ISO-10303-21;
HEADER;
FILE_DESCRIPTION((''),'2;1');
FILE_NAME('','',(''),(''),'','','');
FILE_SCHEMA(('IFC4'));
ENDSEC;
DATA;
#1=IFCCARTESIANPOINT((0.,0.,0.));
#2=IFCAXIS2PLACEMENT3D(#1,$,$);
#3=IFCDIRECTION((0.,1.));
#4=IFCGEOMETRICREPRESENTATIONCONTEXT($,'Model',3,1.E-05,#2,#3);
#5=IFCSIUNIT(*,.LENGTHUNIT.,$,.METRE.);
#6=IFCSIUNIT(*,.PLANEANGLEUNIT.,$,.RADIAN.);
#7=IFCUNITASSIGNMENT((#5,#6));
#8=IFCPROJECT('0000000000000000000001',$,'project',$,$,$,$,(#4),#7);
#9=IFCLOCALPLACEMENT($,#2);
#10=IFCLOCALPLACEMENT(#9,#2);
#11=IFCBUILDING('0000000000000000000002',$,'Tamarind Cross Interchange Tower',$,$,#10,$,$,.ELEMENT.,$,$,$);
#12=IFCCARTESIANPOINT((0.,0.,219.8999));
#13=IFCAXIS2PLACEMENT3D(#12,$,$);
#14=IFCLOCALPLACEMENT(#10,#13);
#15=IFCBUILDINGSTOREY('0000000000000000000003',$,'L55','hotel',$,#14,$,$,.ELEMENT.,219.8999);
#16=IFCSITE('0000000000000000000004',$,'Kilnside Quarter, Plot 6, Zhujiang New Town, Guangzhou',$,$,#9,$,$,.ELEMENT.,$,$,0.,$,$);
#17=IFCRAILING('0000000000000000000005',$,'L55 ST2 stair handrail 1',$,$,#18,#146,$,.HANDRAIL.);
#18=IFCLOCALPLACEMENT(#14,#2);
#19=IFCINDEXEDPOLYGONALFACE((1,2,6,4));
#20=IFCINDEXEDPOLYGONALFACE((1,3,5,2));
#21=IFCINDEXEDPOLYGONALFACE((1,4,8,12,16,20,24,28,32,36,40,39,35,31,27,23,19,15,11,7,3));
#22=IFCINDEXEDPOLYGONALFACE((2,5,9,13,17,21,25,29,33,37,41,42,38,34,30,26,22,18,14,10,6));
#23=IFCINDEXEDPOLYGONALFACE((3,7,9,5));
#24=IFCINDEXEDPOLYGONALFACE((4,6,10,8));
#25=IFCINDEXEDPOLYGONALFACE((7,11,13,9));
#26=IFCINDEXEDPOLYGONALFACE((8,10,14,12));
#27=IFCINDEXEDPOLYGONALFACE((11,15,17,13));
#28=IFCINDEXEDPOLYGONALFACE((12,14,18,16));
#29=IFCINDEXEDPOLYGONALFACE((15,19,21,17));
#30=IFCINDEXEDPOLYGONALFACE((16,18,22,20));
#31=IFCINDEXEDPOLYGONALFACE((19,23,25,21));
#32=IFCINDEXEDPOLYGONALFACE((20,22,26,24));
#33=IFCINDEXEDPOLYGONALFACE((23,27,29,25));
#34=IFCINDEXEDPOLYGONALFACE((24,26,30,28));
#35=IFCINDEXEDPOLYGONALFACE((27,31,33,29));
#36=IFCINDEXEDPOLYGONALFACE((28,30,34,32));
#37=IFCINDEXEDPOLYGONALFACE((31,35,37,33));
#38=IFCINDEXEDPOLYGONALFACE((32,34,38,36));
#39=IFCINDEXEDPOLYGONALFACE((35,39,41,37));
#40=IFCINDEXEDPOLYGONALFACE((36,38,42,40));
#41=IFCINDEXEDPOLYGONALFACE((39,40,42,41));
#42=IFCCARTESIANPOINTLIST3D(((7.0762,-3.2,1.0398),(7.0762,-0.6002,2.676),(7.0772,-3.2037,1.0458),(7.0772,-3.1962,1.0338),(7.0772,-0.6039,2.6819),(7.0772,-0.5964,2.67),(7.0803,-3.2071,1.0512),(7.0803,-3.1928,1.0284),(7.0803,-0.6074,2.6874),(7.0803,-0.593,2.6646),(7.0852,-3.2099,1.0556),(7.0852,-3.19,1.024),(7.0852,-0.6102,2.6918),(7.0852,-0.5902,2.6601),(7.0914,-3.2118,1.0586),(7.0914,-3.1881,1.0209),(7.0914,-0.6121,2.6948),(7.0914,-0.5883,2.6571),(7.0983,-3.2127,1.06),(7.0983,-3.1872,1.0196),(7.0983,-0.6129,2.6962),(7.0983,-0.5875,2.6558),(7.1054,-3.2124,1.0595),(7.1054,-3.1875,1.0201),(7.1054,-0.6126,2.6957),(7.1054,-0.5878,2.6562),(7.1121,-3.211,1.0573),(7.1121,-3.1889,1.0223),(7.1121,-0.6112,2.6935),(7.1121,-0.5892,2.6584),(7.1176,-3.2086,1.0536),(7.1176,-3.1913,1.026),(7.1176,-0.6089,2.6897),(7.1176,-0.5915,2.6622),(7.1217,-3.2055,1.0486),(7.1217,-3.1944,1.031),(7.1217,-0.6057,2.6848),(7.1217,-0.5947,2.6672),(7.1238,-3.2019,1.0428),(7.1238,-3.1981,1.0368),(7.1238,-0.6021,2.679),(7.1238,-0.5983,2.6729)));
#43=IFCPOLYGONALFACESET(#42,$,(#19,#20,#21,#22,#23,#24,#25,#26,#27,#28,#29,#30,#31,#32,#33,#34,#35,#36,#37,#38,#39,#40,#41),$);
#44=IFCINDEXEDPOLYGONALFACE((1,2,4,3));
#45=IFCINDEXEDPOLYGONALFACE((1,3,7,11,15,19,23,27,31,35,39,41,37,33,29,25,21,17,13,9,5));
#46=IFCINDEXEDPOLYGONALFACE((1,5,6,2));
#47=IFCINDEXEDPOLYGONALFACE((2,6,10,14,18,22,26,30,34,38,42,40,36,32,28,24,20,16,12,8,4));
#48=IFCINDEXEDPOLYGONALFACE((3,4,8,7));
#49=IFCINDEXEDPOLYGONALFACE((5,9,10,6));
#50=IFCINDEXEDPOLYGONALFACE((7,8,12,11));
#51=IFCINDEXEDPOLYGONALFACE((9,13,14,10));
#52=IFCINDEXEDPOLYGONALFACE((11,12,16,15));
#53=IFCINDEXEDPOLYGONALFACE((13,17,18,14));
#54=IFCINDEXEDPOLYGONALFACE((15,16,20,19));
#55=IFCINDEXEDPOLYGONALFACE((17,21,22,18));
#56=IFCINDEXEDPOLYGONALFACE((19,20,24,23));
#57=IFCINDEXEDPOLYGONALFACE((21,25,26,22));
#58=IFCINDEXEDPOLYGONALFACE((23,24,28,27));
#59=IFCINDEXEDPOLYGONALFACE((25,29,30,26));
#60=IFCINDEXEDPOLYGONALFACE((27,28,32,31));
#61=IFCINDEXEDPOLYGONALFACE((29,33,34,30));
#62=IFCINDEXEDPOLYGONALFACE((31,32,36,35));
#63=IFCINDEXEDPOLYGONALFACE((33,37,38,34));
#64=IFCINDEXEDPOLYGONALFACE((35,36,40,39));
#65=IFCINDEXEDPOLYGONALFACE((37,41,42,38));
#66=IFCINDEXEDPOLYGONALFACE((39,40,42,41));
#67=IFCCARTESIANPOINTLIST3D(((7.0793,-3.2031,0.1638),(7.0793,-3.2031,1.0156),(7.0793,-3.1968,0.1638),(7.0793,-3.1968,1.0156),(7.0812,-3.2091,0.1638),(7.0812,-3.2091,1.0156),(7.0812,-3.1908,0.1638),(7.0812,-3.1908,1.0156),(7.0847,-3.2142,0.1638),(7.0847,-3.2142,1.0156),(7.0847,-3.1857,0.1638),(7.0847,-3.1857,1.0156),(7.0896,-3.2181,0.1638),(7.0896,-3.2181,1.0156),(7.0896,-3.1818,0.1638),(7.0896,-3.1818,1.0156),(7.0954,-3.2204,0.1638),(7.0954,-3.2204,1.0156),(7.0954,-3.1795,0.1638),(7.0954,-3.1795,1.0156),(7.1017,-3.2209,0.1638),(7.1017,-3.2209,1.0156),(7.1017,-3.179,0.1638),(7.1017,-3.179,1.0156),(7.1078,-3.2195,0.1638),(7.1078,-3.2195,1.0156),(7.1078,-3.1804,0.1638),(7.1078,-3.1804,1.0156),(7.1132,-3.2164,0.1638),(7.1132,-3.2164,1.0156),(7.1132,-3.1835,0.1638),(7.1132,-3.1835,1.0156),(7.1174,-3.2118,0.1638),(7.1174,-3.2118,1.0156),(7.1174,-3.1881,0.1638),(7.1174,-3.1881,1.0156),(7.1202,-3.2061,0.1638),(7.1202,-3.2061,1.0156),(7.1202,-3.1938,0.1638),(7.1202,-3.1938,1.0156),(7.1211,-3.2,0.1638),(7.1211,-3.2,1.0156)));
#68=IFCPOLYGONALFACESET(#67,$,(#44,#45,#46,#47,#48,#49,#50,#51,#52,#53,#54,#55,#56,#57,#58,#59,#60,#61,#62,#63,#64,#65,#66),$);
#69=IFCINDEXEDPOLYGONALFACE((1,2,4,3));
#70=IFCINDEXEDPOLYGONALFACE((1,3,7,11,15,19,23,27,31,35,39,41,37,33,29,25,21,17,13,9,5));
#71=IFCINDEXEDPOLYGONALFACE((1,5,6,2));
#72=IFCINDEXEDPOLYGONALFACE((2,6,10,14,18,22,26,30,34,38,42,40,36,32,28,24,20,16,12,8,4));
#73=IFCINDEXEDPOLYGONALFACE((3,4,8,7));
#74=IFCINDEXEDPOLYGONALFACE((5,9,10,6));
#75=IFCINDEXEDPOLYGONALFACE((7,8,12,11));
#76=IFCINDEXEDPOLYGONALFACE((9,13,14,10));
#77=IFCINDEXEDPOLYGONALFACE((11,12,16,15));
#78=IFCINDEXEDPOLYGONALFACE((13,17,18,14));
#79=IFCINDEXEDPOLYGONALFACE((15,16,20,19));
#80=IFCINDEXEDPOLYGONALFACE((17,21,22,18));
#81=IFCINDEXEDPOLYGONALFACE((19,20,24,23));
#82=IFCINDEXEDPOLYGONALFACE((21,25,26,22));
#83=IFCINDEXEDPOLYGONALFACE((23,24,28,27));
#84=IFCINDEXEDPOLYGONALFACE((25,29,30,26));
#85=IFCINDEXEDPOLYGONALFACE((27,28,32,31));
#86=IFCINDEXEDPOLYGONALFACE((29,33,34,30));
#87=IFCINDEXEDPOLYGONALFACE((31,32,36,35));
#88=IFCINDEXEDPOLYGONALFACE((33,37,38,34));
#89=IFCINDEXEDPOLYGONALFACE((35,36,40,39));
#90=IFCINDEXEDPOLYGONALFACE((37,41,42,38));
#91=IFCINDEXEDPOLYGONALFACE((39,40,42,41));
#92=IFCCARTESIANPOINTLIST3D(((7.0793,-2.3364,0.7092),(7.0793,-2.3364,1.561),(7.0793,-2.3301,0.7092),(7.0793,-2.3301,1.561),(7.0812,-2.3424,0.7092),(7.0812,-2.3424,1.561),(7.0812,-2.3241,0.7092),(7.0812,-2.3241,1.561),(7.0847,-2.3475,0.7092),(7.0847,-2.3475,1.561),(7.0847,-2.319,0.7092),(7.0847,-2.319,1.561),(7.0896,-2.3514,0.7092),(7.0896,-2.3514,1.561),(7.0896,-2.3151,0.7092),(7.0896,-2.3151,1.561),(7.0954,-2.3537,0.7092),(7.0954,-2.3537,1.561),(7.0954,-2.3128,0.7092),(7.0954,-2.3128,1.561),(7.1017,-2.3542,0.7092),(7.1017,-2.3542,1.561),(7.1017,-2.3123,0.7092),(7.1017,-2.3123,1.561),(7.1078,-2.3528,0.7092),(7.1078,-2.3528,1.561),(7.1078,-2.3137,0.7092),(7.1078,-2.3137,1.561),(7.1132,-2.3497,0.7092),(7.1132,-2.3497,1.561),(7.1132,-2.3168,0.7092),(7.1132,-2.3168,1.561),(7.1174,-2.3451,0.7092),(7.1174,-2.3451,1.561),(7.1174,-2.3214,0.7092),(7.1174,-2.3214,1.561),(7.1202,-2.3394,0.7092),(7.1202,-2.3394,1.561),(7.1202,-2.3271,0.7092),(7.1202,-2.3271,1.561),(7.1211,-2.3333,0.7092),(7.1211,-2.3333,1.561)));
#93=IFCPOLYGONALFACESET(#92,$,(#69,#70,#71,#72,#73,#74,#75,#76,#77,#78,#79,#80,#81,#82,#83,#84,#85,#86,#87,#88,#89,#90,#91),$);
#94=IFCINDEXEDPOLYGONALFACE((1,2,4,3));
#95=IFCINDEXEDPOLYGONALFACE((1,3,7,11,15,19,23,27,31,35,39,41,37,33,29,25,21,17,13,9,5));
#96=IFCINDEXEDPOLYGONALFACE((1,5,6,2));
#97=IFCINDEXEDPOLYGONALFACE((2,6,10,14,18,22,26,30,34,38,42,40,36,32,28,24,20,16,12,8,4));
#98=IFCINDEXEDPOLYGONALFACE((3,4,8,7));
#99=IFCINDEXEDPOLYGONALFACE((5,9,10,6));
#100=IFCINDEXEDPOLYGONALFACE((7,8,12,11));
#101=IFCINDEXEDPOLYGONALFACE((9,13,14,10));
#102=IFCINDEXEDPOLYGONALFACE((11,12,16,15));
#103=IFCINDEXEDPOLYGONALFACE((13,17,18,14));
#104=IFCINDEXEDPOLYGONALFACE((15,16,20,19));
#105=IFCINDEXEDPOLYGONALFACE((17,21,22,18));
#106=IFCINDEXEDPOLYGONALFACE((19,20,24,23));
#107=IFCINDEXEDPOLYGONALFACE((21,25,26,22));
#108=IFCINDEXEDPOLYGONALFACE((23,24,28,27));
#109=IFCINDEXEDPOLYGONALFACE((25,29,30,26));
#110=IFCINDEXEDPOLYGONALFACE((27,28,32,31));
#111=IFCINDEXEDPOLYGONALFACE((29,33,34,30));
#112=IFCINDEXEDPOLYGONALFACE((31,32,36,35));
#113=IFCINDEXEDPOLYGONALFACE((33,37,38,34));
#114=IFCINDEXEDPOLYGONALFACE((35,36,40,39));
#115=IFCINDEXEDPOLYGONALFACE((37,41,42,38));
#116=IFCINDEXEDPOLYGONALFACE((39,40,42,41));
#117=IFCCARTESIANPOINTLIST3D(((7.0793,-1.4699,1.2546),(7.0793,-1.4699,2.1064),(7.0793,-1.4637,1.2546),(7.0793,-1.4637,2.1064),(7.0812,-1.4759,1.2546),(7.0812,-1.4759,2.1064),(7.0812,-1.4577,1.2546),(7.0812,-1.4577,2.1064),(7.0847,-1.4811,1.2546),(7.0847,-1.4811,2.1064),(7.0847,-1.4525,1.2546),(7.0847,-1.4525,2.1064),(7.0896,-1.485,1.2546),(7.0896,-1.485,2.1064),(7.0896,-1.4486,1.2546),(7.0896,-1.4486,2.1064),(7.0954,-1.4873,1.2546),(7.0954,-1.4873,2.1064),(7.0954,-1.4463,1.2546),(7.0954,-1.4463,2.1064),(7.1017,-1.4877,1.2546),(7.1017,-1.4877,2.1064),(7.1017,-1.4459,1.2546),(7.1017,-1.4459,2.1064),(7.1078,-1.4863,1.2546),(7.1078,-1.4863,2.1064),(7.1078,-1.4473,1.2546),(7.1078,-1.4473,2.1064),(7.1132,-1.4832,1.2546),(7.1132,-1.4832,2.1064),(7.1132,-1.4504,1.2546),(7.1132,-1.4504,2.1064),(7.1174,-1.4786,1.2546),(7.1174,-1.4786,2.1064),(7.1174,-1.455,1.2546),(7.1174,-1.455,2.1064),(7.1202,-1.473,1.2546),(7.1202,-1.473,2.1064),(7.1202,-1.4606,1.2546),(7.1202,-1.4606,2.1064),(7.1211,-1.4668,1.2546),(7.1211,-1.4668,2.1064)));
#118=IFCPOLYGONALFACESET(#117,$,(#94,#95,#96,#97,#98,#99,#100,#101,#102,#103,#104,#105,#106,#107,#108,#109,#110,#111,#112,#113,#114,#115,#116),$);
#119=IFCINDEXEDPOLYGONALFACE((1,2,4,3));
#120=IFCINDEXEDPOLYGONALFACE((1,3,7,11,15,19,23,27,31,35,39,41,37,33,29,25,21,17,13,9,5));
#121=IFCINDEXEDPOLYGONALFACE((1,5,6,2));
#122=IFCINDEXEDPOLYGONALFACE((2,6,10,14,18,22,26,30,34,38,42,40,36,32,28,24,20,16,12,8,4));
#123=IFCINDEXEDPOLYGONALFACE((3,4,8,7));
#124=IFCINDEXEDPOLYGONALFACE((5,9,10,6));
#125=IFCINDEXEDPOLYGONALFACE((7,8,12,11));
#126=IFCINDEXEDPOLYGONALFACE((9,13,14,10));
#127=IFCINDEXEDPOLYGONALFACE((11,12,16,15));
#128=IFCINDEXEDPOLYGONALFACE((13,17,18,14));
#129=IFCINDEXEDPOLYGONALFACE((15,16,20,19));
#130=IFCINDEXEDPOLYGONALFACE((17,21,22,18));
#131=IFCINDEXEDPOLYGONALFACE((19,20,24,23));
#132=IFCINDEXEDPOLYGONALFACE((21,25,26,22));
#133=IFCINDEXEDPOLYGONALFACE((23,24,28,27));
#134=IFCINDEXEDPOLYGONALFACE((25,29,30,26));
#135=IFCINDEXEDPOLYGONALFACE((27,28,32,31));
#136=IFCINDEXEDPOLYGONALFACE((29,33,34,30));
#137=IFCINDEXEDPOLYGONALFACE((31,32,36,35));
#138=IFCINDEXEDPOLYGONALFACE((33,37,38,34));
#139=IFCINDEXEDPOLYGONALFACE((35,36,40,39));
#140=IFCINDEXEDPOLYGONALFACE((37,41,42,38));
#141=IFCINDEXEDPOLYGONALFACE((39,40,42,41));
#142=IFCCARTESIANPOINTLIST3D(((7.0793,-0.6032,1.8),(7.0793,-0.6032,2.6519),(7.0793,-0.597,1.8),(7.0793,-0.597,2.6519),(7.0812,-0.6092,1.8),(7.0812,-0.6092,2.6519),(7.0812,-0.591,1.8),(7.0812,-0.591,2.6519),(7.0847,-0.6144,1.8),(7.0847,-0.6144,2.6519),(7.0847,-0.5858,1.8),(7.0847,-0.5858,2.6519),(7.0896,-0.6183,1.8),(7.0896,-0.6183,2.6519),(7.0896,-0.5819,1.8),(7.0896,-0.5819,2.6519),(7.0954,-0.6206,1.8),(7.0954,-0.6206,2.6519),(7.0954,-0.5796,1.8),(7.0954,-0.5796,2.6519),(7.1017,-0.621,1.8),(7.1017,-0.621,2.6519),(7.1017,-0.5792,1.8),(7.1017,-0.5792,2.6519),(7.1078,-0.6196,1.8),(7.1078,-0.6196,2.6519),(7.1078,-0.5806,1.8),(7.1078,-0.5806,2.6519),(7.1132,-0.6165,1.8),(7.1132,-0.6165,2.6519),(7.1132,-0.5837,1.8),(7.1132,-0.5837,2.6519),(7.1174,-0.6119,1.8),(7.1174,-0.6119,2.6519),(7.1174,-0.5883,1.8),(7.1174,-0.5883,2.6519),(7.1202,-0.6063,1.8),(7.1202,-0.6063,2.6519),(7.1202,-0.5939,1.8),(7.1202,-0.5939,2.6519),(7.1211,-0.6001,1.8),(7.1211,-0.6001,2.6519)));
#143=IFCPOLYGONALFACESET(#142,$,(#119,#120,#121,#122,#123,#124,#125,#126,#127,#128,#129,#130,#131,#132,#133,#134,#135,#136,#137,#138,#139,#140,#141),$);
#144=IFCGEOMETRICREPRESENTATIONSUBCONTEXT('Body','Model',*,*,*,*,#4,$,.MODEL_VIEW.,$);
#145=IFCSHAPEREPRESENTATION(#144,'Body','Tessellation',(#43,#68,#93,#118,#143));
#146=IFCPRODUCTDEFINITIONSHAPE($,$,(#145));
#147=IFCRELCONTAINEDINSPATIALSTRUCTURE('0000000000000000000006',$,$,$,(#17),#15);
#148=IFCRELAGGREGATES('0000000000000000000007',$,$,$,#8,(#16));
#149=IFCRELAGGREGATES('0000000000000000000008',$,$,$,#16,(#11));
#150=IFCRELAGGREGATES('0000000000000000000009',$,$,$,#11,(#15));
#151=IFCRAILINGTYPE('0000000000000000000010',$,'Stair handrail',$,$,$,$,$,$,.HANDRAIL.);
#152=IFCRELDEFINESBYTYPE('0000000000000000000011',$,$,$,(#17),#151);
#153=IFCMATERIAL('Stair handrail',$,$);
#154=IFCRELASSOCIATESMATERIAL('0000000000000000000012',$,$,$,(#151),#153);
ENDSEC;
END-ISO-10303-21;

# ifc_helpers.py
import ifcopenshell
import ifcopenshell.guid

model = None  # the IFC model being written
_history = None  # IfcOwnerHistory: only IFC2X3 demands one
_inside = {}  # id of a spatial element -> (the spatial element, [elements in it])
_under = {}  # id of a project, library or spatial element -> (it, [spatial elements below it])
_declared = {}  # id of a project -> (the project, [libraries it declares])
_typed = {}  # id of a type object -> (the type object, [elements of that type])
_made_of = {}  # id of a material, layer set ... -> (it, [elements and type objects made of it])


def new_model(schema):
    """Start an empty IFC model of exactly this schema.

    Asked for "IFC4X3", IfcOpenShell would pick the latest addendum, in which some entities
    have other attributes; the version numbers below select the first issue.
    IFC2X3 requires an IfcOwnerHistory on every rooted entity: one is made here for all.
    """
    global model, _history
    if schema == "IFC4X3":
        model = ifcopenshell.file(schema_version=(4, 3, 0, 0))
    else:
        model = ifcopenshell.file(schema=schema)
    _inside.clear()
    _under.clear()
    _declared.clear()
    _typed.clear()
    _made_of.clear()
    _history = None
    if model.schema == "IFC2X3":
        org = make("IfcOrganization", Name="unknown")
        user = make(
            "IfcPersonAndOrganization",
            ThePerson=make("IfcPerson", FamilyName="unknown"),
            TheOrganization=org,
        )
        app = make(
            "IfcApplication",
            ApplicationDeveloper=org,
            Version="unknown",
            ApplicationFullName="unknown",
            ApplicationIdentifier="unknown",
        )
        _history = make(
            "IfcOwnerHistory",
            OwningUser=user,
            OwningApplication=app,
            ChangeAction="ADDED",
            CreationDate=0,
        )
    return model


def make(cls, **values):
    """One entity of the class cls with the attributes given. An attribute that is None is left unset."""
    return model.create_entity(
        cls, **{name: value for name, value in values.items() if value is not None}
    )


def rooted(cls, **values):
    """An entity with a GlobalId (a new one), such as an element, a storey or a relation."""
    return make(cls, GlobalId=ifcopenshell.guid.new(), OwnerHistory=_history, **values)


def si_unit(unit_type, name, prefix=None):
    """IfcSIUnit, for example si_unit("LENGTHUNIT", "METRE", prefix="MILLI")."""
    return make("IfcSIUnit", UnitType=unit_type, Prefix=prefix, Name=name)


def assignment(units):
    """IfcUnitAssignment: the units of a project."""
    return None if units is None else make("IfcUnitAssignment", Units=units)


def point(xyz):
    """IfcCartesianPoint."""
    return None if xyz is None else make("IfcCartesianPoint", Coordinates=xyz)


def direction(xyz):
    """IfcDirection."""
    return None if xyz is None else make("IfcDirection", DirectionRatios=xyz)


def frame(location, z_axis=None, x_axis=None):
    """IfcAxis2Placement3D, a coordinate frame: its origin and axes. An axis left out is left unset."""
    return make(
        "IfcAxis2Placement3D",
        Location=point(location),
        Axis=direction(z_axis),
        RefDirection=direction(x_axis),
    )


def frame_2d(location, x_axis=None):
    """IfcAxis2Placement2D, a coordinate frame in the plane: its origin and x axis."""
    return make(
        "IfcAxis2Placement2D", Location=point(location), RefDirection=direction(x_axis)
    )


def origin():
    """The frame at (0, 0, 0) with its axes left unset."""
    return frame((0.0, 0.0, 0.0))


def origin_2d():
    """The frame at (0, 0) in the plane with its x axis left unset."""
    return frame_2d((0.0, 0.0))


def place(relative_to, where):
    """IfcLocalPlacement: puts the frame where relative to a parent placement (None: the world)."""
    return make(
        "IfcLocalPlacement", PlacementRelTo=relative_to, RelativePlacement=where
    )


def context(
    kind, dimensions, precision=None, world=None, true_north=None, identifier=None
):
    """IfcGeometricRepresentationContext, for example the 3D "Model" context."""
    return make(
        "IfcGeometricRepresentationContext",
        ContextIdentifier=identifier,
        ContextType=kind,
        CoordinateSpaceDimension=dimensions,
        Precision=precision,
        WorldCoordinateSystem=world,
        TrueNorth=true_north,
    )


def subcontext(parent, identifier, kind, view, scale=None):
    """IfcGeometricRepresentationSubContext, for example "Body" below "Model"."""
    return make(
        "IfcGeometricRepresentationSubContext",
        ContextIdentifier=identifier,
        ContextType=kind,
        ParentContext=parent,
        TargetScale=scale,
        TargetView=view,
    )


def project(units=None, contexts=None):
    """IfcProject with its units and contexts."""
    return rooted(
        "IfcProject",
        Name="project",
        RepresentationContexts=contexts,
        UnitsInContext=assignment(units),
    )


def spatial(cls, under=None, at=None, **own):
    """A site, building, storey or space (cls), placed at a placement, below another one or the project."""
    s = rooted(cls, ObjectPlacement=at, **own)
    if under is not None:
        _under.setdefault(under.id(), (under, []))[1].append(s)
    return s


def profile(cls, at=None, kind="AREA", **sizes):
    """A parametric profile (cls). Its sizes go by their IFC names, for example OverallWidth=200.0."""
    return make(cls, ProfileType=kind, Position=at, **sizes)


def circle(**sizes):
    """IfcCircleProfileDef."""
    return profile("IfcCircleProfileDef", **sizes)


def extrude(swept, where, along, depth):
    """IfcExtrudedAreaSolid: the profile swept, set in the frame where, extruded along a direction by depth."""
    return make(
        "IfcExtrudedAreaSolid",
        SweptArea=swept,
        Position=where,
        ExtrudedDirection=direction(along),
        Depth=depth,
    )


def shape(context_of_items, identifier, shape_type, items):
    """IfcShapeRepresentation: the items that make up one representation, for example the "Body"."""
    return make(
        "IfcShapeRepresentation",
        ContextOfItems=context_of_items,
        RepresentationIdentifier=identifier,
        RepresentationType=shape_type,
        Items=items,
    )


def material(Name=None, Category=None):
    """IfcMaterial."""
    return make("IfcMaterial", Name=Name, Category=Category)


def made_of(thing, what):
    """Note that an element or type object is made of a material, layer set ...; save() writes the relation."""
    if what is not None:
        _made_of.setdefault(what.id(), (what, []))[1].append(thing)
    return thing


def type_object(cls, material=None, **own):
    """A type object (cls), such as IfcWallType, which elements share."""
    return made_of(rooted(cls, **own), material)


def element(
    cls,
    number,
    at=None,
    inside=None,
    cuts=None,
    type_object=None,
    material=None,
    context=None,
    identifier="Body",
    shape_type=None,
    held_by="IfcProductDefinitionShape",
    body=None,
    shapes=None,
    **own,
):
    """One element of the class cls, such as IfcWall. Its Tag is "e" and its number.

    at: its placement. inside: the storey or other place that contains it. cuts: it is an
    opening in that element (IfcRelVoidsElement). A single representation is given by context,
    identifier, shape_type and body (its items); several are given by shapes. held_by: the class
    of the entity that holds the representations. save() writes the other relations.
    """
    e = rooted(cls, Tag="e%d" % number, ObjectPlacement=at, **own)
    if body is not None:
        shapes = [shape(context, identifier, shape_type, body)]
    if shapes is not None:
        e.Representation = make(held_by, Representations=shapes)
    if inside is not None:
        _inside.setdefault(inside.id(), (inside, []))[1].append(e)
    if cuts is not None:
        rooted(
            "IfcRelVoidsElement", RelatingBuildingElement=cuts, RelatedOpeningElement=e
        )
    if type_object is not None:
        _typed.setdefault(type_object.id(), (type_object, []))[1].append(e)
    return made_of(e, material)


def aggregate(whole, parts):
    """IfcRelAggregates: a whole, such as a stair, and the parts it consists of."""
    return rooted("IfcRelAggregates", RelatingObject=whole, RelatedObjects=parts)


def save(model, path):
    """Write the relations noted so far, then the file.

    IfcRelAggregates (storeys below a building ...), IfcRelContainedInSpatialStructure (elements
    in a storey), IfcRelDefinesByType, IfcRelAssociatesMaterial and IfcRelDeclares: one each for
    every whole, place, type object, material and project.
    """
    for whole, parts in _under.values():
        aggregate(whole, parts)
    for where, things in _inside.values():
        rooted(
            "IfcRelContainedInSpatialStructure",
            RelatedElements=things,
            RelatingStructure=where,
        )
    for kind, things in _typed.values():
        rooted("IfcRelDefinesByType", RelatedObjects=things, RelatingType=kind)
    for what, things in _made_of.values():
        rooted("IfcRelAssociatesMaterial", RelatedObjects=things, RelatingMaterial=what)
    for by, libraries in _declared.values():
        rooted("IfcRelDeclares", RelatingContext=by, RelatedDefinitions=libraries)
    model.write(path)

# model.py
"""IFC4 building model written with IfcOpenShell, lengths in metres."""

from ifc_helpers import new_model, si_unit, direction, frame, origin, origin_2d, place, context, subcontext, project, spatial, circle, extrude, material, type_object, element, save


model = new_model("IFC4")

# Units and contexts
model_context = context("Model", 3, precision=1e-05, world=origin(), true_north=direction((0.0, 1.0)))
body_context = subcontext(model_context, "Body", "Model", "MODEL_VIEW")
ifc_project = project(units=[si_unit("LENGTHUNIT", "METRE"), si_unit("PLANEANGLEUNIT", "RADIAN")], contexts=[model_context])

# Site, building, storey
site_placement = place(None, origin())
site = spatial("IfcSite", under=ifc_project, at=site_placement, Name="Kilnside Quarter, Plot 6, Zhujiang New Town, Guangzhou", CompositionType="ELEMENT", RefElevation=0.0)
building_placement = place(site_placement, origin())
building = spatial("IfcBuilding", under=site, at=building_placement, Name="Tamarind Cross Interchange Tower", CompositionType="ELEMENT")
storey_placement = place(building_placement, frame((0.0, 0.0, 219.8999)))
storey = spatial("IfcBuildingStorey", under=building, at=storey_placement, Name="L55", Description="hotel", CompositionType="ELEMENT", Elevation=219.8999)

# Railing
ifc_material_1 = material(Name="Stair handrail")
railing_type_1 = type_object("IfcRailingType", Name="Stair handrail", PredefinedType="HANDRAIL", material=ifc_material_1)
railing_1_placement = place(storey_placement, frame((7.1001, -3.2, 0.1638)))
element("IfcRailing", 1, at=railing_1_placement, inside=storey, type_object=railing_type_1, Name="L55 ST2 stair handrail 1", PredefinedType="HANDRAIL", context=body_context, shape_type="SweptSolid", body=[
    extrude(circle(Radius=0.0239, at=origin_2d()), frame((0.0, 0.0, 0.876), z_axis=(0.0, 0.846338, 0.532647), x_axis=(-1.0, 0.0, 0.0)), (0.0, 0.0, 1.0), 3.0718),
    extrude(circle(Radius=0.021, at=origin_2d()), origin(), (0.0, 0.0, 1.0), 0.8518),
    extrude(circle(Radius=0.021, at=origin_2d()), frame((0.0, 0.8667, 0.5454)), (0.0, 0.0, 1.0), 0.8518),
    extrude(circle(Radius=0.021, at=origin_2d()), frame((0.0, 1.7332, 1.0908)), (0.0, 0.0, 1.0), 0.8518),
    extrude(circle(Radius=0.021, at=origin_2d()), frame((0.0, 2.5999, 1.6362)), (0.0, 0.0, 1.0), 0.8518),
])

save(model, "model.ifc")
